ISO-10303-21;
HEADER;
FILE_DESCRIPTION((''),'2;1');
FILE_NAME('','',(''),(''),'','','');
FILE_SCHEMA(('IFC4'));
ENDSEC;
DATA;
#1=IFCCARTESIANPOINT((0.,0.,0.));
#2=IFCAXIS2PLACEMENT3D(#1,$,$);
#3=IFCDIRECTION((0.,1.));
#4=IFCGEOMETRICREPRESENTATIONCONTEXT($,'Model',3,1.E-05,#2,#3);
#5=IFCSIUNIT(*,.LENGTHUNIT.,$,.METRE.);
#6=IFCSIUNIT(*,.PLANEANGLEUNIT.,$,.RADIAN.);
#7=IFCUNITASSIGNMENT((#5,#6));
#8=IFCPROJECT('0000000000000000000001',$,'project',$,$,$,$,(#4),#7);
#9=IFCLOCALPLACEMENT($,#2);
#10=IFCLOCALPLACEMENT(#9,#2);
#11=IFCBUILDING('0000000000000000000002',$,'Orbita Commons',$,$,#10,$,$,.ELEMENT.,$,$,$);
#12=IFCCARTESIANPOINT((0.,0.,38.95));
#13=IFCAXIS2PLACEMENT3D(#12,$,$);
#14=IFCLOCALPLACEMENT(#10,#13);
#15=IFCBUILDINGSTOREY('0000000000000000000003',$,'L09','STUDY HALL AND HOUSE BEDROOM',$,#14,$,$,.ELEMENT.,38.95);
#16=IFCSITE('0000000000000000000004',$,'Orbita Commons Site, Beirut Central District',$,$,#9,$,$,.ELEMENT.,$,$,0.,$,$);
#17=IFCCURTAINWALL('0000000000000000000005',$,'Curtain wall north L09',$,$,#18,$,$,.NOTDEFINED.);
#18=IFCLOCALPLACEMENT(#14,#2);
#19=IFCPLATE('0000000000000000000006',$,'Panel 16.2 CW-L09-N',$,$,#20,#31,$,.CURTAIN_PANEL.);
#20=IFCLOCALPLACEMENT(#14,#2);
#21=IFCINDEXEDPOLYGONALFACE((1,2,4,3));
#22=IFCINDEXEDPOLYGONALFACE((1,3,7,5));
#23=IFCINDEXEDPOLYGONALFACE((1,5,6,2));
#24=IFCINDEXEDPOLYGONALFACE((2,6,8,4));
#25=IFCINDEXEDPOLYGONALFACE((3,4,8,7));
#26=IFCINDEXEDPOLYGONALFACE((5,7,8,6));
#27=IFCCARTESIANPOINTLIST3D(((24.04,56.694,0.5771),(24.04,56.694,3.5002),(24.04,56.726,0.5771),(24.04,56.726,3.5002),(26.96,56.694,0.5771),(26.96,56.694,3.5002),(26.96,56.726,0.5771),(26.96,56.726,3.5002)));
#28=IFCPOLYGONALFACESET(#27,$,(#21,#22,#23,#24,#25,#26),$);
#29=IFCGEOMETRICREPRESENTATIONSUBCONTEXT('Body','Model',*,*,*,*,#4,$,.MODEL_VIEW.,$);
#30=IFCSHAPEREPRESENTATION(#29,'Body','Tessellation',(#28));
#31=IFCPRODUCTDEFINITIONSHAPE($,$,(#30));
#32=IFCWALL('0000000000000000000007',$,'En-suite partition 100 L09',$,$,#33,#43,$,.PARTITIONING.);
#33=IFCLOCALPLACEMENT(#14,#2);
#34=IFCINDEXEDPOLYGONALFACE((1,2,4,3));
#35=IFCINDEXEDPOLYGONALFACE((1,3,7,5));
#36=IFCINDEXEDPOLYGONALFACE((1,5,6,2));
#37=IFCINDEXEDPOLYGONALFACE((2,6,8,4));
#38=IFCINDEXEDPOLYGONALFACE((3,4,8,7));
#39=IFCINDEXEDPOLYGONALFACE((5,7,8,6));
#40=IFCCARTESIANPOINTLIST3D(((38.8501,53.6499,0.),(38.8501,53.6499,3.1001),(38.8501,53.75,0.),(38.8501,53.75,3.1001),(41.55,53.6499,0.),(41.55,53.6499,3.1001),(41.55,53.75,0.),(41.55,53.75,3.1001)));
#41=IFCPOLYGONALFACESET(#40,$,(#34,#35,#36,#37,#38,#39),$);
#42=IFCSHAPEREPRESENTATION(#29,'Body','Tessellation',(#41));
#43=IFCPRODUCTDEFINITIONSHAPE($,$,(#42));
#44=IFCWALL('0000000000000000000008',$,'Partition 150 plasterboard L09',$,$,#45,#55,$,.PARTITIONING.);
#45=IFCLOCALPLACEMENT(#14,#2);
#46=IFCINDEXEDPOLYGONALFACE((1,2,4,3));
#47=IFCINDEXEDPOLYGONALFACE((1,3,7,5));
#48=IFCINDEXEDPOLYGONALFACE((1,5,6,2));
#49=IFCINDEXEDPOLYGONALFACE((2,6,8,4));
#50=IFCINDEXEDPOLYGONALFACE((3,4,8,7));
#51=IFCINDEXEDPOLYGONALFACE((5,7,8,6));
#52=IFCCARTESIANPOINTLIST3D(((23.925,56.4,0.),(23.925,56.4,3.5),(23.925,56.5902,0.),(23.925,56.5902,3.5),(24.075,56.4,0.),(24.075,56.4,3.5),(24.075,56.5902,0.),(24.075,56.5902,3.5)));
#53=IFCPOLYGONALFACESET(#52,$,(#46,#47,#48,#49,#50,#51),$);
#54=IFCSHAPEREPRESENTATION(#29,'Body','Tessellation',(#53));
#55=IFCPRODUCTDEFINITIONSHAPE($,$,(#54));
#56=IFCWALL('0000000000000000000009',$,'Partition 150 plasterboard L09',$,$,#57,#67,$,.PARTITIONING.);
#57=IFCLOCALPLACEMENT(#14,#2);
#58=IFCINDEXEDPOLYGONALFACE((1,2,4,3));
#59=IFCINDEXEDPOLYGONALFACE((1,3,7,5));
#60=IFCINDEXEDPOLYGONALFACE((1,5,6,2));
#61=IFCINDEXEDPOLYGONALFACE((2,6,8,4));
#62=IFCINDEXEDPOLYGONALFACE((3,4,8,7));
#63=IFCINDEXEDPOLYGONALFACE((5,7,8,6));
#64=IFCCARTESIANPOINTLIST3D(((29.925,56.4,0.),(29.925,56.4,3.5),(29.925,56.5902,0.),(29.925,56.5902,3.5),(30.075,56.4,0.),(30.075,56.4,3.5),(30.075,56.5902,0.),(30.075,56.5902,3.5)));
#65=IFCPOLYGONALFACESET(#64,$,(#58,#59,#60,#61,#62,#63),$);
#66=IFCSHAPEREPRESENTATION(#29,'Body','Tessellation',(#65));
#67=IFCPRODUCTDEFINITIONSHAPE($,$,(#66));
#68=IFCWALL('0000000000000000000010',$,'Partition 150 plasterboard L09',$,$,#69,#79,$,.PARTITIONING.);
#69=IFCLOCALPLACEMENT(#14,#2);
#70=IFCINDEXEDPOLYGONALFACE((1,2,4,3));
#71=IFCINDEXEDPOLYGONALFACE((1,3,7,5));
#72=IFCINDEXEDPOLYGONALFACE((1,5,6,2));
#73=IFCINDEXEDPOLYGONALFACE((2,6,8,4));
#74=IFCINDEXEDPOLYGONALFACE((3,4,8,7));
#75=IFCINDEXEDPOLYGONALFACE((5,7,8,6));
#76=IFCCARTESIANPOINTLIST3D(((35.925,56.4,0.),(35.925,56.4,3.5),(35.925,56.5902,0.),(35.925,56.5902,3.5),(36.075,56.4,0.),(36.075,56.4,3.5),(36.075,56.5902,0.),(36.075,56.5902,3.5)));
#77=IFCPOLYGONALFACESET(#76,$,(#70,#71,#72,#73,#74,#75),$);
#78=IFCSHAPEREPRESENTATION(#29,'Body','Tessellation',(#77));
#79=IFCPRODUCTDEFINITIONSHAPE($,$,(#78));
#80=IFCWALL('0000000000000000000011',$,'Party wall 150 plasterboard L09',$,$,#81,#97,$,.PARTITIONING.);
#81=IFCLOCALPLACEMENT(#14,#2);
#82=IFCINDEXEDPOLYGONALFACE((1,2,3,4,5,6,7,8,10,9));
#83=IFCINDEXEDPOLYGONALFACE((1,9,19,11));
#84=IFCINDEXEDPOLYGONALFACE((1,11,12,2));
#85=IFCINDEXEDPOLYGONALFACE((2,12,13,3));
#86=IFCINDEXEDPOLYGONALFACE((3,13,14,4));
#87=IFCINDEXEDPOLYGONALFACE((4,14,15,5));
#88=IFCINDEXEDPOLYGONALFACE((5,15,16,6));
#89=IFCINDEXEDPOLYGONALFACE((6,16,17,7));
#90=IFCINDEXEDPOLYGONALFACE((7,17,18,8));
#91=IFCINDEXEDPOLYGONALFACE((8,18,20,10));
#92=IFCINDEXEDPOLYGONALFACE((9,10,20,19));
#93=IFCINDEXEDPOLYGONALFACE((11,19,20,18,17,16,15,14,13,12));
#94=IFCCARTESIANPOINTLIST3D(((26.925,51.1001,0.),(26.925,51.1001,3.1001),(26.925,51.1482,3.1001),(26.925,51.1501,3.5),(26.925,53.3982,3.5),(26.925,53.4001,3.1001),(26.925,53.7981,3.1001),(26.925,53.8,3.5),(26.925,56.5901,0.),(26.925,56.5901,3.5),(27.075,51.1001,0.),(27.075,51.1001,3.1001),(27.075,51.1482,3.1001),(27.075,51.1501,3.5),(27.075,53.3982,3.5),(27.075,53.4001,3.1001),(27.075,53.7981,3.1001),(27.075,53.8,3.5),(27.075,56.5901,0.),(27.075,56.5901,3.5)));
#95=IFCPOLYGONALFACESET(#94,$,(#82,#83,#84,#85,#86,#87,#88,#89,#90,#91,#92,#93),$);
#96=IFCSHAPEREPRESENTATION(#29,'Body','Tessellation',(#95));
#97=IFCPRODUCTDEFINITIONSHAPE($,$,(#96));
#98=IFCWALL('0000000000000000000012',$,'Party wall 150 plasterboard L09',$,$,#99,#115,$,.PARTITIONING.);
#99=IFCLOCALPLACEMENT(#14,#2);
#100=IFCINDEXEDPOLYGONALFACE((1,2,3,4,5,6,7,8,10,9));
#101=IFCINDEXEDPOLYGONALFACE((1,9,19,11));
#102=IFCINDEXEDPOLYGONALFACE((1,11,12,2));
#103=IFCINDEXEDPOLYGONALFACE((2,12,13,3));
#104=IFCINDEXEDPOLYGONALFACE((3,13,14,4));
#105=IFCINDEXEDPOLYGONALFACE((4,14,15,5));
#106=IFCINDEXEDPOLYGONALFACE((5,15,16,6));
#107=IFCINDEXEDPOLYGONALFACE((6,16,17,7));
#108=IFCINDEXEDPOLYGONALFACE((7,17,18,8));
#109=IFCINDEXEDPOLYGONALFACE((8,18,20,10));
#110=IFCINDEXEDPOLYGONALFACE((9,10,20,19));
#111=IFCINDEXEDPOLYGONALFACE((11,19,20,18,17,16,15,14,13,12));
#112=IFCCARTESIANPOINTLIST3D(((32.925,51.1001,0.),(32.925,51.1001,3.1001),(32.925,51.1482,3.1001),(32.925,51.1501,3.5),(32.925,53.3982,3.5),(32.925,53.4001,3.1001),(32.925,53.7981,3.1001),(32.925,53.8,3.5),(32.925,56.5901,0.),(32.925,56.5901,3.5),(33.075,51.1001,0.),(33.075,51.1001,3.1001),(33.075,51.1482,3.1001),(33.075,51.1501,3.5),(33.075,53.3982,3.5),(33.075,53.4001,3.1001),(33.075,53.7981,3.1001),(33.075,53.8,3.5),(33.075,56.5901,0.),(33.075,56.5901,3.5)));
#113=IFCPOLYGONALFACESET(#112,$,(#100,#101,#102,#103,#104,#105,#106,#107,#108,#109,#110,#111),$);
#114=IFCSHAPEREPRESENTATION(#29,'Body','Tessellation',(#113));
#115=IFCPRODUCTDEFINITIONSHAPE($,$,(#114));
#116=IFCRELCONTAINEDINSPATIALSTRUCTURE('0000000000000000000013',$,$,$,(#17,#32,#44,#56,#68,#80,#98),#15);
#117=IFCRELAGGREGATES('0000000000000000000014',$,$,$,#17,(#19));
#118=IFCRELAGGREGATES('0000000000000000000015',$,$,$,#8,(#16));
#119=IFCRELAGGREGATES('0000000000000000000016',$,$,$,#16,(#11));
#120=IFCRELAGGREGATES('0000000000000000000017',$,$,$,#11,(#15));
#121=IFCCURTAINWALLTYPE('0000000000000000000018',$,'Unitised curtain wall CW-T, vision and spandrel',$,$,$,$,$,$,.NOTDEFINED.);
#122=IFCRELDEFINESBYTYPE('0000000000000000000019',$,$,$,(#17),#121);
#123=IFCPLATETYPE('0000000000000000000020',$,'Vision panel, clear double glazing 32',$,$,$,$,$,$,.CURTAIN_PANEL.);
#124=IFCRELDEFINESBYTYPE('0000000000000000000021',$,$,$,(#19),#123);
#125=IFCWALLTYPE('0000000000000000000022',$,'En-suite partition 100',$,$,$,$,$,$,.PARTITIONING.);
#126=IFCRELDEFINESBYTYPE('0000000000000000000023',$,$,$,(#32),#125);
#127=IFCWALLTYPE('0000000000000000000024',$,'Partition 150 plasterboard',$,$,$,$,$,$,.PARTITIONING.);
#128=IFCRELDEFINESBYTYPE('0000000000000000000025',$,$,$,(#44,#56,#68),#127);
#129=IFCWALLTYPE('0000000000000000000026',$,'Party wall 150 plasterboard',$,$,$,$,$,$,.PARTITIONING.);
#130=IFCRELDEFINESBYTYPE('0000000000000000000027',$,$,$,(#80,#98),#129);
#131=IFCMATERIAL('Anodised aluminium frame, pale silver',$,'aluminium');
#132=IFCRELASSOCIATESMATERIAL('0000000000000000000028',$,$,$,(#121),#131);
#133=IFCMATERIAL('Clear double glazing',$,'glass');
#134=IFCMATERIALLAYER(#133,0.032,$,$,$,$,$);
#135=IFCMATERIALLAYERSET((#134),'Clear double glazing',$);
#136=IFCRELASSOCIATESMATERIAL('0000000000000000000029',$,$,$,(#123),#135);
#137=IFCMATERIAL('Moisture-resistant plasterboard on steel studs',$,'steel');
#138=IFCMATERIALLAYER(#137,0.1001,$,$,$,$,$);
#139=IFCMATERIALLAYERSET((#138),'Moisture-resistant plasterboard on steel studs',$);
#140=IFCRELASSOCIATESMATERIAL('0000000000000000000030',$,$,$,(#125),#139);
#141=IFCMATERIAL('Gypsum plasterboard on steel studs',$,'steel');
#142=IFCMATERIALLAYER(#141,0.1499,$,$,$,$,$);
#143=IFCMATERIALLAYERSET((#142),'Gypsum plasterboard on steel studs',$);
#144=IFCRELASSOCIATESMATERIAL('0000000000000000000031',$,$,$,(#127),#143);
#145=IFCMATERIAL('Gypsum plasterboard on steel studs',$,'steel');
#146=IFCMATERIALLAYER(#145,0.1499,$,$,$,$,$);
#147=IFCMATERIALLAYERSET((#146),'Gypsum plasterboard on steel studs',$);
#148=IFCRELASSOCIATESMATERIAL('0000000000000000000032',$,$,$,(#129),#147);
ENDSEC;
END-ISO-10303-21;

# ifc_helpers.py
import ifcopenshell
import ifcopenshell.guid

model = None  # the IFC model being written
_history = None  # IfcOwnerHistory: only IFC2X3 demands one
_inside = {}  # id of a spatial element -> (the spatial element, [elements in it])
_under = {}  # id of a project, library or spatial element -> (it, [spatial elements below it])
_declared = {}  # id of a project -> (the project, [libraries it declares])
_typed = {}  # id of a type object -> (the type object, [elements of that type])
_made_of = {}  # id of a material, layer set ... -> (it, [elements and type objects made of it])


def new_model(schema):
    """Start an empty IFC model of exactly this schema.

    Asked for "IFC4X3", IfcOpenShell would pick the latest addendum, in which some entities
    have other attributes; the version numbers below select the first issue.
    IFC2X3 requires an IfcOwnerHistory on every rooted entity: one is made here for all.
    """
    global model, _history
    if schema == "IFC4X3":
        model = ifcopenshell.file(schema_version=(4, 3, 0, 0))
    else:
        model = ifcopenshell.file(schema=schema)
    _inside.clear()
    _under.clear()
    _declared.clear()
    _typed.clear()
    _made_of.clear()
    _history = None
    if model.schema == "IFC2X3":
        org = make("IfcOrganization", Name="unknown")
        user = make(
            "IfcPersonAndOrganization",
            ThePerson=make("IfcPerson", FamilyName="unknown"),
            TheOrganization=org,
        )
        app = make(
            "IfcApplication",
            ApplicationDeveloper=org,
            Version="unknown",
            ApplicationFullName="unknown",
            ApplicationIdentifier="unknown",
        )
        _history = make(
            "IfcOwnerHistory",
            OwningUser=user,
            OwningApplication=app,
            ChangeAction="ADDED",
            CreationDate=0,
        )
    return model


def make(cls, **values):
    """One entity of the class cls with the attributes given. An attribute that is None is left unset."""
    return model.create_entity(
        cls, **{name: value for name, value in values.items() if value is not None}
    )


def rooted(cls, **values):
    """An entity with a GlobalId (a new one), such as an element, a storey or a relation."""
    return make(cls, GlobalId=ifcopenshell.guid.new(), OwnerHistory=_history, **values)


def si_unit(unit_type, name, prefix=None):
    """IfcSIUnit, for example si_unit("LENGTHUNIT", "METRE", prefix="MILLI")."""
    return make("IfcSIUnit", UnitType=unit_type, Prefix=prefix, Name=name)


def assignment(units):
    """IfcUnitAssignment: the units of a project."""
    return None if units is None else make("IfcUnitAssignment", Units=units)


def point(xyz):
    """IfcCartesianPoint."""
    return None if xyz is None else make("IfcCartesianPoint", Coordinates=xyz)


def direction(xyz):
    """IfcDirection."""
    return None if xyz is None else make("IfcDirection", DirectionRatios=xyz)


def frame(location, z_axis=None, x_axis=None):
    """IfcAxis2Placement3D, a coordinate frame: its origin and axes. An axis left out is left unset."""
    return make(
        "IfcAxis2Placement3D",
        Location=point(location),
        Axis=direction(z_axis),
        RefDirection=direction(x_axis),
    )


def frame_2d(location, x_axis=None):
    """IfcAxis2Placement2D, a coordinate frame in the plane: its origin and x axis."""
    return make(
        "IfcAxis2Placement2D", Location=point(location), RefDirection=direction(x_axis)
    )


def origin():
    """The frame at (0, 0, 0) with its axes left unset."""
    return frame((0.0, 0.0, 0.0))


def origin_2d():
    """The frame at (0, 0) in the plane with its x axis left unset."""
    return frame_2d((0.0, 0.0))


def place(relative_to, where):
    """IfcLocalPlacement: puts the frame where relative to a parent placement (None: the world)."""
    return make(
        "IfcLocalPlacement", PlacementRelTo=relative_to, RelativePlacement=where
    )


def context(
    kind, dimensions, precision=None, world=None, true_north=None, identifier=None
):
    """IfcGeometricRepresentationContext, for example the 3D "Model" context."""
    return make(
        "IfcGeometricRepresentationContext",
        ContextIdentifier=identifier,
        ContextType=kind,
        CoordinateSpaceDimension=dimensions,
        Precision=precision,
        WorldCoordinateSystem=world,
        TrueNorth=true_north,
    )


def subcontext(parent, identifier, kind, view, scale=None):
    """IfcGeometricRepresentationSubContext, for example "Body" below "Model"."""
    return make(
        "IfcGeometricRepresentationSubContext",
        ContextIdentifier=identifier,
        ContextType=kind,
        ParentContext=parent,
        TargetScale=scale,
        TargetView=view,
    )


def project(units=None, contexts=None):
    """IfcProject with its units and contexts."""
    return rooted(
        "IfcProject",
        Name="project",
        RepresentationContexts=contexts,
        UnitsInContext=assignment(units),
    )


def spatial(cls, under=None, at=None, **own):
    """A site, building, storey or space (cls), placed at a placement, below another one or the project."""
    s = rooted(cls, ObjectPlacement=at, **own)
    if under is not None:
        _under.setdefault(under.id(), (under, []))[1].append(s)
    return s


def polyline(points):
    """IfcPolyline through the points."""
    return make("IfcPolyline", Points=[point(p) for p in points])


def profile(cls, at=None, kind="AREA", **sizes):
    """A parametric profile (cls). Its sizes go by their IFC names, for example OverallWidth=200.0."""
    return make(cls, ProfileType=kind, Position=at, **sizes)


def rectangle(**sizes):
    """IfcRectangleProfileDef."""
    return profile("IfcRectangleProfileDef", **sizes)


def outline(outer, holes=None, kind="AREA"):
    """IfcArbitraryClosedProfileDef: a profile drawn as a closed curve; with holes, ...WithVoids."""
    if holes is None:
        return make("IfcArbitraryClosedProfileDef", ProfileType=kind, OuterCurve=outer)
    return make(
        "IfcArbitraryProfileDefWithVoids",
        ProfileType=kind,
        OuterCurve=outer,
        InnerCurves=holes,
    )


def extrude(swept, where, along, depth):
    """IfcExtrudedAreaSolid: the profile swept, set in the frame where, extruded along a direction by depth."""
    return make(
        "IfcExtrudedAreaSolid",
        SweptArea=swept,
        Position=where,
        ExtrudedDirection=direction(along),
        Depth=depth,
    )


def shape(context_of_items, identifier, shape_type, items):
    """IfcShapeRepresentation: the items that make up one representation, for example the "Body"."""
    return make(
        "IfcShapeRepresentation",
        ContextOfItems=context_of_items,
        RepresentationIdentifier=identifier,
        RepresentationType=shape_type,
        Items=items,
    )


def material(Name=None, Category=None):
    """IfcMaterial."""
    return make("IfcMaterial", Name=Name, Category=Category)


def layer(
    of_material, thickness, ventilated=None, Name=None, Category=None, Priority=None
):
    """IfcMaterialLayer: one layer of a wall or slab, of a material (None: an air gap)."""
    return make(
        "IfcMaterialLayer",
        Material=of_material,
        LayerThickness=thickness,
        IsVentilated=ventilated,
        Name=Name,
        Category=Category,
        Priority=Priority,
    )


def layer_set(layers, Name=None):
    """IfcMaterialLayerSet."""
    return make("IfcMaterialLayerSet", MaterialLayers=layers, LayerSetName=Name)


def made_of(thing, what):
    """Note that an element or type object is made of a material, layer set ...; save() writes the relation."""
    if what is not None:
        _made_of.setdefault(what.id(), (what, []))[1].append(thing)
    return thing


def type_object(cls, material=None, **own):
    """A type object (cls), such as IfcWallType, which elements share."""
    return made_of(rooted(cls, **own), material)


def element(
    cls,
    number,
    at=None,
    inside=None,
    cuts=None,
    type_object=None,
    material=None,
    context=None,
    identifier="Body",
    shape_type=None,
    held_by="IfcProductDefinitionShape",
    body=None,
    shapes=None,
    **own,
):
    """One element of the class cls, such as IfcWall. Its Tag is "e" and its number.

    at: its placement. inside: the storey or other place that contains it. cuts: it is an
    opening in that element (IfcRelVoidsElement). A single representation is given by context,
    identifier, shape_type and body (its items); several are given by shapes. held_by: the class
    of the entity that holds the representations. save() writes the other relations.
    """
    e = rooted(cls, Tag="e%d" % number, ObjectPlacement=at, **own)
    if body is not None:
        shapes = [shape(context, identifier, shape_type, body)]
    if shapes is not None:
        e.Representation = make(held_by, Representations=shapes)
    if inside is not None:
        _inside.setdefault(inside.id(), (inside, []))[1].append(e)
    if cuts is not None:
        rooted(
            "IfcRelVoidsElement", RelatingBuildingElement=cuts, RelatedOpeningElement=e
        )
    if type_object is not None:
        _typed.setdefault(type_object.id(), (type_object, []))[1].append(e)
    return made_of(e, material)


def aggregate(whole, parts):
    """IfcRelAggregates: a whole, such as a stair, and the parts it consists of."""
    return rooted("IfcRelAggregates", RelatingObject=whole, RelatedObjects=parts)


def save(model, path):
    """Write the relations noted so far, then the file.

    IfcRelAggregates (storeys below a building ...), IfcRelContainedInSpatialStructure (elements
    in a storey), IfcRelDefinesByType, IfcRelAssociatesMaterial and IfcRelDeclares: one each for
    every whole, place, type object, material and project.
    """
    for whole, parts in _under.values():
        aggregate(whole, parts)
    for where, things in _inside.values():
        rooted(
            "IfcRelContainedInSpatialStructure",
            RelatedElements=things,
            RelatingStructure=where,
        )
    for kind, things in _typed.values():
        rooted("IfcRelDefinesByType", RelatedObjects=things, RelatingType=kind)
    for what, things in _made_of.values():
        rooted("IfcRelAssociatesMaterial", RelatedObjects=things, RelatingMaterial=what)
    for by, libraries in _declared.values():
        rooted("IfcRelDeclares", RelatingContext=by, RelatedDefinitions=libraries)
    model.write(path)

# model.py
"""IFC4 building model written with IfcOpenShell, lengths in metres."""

from ifc_helpers import new_model, si_unit, direction, frame, frame_2d, origin, origin_2d, place, context, subcontext, project, spatial, polyline, rectangle, outline, extrude, material, layer, layer_set, type_object, element, aggregate, save


model = new_model("IFC4")

# Units and contexts
model_context = context("Model", 3, precision=1e-05, world=origin(), true_north=direction((0.0, 1.0)))
body_context = subcontext(model_context, "Body", "Model", "MODEL_VIEW")
ifc_project = project(units=[si_unit("LENGTHUNIT", "METRE"), si_unit("PLANEANGLEUNIT", "RADIAN")], contexts=[model_context])

# Site, building, storey
site_placement = place(None, origin())
site = spatial("IfcSite", under=ifc_project, at=site_placement, Name="Orbita Commons Site, Beirut Central District", CompositionType="ELEMENT", RefElevation=0.0)
building_placement = place(site_placement, origin())
building = spatial("IfcBuilding", under=site, at=building_placement, Name="Orbita Commons", CompositionType="ELEMENT")
storey_placement = place(building_placement, frame((0.0, 0.0, 38.95)))
storey = spatial("IfcBuildingStorey", under=building, at=storey_placement, Name="L09", Description="STUDY HALL AND HOUSE BEDROOM", CompositionType="ELEMENT", Elevation=38.95)

# Curtain wall
ifc_material_1 = material(Name="Anodised aluminium frame, pale silver", Category="aluminium")
curtain_wall_type = type_object("IfcCurtainWallType", Name="Unitised curtain wall CW-T, vision and spandrel", PredefinedType="NOTDEFINED", material=ifc_material_1)
curtain_wall_placement = place(storey_placement, origin())
curtain_wall = element("IfcCurtainWall", 1, at=curtain_wall_placement, inside=storey, type_object=curtain_wall_type, Name="Curtain wall north L09", PredefinedType="NOTDEFINED")

# Plate
ifc_material_2 = material(Name="Clear double glazing", Category="glass")
ifc_layer_1 = layer(ifc_material_2, 0.032)
ifc_layer_set_1 = layer_set([ifc_layer_1], Name="Clear double glazing")
plate_type_1 = type_object("IfcPlateType", Name="Vision panel, clear double glazing 32", PredefinedType="CURTAIN_PANEL", material=ifc_layer_set_1)
plate_1_placement = place(storey_placement, frame((25.5, 56.71, 0.5771), z_axis=(0.0, 0.0, 1.0), x_axis=(-1.0, 0.0, 0.0)))
plate_1 = element("IfcPlate", 2, at=plate_1_placement, type_object=plate_type_1, Name="Panel 16.2 CW-L09-N", PredefinedType="CURTAIN_PANEL", context=body_context, shape_type="SweptSolid", body=[
    extrude(rectangle(XDim=2.9199, YDim=0.032, at=origin_2d()), origin(), (0.0, 0.0, 1.0), 2.9231),
])
aggregate(curtain_wall, [plate_1])

# Walls
ifc_material_3 = material(Name="Moisture-resistant plasterboard on steel studs", Category="steel")
ifc_layer_2 = layer(ifc_material_3, 0.1001)
ifc_layer_set_2 = layer_set([ifc_layer_2], Name="Moisture-resistant plasterboard on steel studs")
wall_type_1 = type_object("IfcWallType", Name="En-suite partition 100", PredefinedType="PARTITIONING", material=ifc_layer_set_2)
wall_placement = place(storey_placement, frame((38.8501, 53.7, 0.0), z_axis=(0.0, 0.0, 1.0), x_axis=(1.0, 0.0, 0.0)))
element("IfcWall", 3, at=wall_placement, inside=storey, type_object=wall_type_1, Name="En-suite partition 100 L09", PredefinedType="PARTITIONING", context=body_context, shape_type="SweptSolid", body=[
    extrude(outline(polyline([(0.0, 0.0), (2.7, 0.0), (2.7, 3.1001), (0.0, 3.1001), (0.0, 0.0)])), frame((0.0, 0.05, 0.0), z_axis=(0.0, -1.0, 0.0), x_axis=(1.0, 0.0, 0.0)), (0.0, 0.0, 1.0), 0.1001),
])
ifc_material_4 = material(Name="Gypsum plasterboard on steel studs", Category="steel")
ifc_layer_3 = layer(ifc_material_4, 0.1499)
ifc_layer_set_3 = layer_set([ifc_layer_3], Name="Gypsum plasterboard on steel studs")
wall_type_2 = type_object("IfcWallType", Name="Partition 150 plasterboard", PredefinedType="PARTITIONING", material=ifc_layer_set_3)
for number, where, z_axis, x_axis, name in (
    (4, (24.0, 56.3999, 0.0), (0.0, 0.0, 1.0), (0.0, 1.0, 0.0), "Partition 150 plasterboard L09"),
    (5, (30.0, 56.3999, 0.0), (0.0, 0.0, 1.0), (0.0, 1.0, 0.0), "Partition 150 plasterboard L09"),
    (6, (36.0, 56.3999, 0.0), (0.0, 0.0, 1.0), (0.0, 1.0, 0.0), "Partition 150 plasterboard L09"),
):
    element("IfcWall", number, at=place(storey_placement, frame(where, z_axis=z_axis, x_axis=x_axis)), inside=storey, type_object=wall_type_2, Name=name, PredefinedType="PARTITIONING", context=body_context, shape_type="SweptSolid", body=[
        extrude(rectangle(XDim=0.1902, YDim=0.1499, at=frame_2d((0.0952, 0.0))), origin(), (0.0, 0.0, 1.0), 3.5),
    ])
ifc_material_5 = material(Name="Gypsum plasterboard on steel studs", Category="steel")
ifc_layer_4 = layer(ifc_material_5, 0.1499)
ifc_layer_set_4 = layer_set([ifc_layer_4], Name="Gypsum plasterboard on steel studs")
wall_type_3 = type_object("IfcWallType", Name="Party wall 150 plasterboard", PredefinedType="PARTITIONING", material=ifc_layer_set_4)
for number, where, z_axis, x_axis, name in (
    (7, (27.0, 56.5901, 0.0), (0.0, 0.0, 1.0), (0.0, -1.0, 0.0), "Party wall 150 plasterboard L09"),
    (8, (33.0, 56.5901, 0.0), (0.0, 0.0, 1.0), (0.0, -1.0, 0.0), "Party wall 150 plasterboard L09"),
):
    element("IfcWall", number, at=place(storey_placement, frame(where, z_axis=z_axis, x_axis=x_axis)), inside=storey, type_object=wall_type_3, Name=name, PredefinedType="PARTITIONING", context=body_context, shape_type="SweptSolid", body=[
        extrude(outline(polyline([(0.0, 0.0), (5.49, 0.0), (5.49, 3.1001), (5.4419, 3.1001), (5.4399, 3.5), (3.1919, 3.5), (3.1899, 3.1001), (2.792, 3.1001), (2.79, 3.5), (0.0, 3.5), (0.0, 0.0)])), frame((0.0, 0.075, 0.0), z_axis=(0.0, -1.0, 0.0), x_axis=(1.0, 0.0, 0.0)), (0.0, 0.0, 1.0), 0.1499),
    ])

save(model, "model.ifc")
